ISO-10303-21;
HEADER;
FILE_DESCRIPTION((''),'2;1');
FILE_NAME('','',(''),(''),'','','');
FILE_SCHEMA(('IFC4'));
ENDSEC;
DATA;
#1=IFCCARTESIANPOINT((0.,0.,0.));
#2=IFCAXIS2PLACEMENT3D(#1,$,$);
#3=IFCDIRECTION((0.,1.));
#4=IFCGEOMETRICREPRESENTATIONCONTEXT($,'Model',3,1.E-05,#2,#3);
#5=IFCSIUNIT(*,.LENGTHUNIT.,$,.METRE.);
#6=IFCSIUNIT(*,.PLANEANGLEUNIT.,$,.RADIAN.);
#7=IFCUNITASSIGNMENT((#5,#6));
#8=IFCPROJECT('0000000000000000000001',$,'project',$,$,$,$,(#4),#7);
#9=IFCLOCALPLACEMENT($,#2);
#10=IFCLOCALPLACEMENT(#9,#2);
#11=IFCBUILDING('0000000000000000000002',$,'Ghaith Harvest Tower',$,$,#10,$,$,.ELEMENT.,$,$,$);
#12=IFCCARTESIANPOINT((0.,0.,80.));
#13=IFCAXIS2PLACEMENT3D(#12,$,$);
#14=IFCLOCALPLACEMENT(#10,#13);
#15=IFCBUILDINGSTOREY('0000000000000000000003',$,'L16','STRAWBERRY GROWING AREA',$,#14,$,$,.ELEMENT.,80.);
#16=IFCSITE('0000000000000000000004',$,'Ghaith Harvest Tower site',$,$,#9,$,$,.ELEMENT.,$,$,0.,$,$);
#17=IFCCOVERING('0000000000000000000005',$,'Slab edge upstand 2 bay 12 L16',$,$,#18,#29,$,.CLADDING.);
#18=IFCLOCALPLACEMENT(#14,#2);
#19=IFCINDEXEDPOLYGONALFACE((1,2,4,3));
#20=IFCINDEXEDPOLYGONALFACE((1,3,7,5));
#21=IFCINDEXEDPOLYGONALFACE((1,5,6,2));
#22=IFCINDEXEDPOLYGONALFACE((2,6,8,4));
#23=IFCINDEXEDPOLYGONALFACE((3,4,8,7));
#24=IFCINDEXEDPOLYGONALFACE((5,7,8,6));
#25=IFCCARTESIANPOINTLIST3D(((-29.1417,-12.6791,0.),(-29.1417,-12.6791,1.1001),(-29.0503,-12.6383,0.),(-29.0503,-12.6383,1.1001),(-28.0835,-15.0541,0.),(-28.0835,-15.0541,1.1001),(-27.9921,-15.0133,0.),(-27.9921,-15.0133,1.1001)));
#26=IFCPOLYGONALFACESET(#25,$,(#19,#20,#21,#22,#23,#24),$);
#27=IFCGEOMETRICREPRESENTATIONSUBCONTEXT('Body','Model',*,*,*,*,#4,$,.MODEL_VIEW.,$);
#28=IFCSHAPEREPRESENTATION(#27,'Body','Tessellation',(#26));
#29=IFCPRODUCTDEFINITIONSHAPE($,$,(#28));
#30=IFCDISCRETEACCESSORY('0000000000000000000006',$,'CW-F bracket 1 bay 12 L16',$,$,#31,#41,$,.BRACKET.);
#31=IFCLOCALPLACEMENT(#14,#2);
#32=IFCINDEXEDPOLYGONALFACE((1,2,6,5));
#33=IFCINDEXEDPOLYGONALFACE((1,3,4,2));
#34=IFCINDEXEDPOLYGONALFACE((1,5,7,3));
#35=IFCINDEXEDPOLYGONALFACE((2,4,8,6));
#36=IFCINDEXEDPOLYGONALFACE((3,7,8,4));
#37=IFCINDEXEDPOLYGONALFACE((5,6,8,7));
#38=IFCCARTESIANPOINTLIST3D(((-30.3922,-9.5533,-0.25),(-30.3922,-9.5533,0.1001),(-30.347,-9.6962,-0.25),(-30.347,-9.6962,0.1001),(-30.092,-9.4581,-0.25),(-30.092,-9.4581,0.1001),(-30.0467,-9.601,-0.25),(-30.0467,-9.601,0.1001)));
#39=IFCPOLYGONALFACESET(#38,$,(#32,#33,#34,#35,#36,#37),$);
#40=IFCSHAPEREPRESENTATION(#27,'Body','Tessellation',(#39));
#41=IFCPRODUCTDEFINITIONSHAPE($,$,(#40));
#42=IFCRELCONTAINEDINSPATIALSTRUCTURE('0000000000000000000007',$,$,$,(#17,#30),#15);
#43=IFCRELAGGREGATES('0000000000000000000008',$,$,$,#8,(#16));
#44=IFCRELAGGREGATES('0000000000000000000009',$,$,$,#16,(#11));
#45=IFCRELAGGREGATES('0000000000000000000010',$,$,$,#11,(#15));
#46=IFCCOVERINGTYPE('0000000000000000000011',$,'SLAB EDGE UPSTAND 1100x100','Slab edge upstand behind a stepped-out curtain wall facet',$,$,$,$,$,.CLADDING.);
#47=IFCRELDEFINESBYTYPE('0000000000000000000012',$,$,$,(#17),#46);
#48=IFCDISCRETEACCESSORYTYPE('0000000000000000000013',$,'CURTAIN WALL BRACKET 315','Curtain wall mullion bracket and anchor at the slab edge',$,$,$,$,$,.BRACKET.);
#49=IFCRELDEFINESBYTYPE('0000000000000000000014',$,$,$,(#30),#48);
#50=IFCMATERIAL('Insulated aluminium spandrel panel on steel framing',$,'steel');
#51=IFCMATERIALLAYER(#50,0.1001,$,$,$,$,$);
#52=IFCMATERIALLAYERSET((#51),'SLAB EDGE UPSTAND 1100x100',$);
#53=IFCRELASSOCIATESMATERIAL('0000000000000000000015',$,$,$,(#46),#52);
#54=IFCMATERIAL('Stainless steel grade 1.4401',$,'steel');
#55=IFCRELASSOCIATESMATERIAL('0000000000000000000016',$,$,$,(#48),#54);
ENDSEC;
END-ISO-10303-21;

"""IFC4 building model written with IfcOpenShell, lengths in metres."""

from ifc_helpers import new_model, si_unit, direction, frame, origin, origin_2d, place, context, subcontext, project, spatial, rectangle, extrude, material, layer, layer_set, type_object, element, save


model = new_model("IFC4")

# Units and contexts
model_context = context("Model", 3, precision=1e-05, world=origin(), true_north=direction((0.0, 1.0)))
body_context = subcontext(model_context, "Body", "Model", "MODEL_VIEW")
ifc_project = project(units=[si_unit("LENGTHUNIT", "METRE"), si_unit("PLANEANGLEUNIT", "RADIAN")], contexts=[model_context])

# Site, building, storey
site_placement = place(None, origin())
site = spatial("IfcSite", under=ifc_project, at=site_placement, Name="Ghaith Harvest Tower site", CompositionType="ELEMENT", RefElevation=0.0)
building_placement = place(site_placement, origin())
building = spatial("IfcBuilding", under=site, at=building_placement, Name="Ghaith Harvest Tower", CompositionType="ELEMENT")
storey_placement = place(building_placement, frame((0.0, 0.0, 80.0)))
storey = spatial("IfcBuildingStorey", under=building, at=storey_placement, Name="L16", Description="STRAWBERRY GROWING AREA", CompositionType="ELEMENT", Elevation=80.0)

# Covering
ifc_material_1 = material(Name="Insulated aluminium spandrel panel on steel framing", Category="steel")
ifc_layer_1 = layer(ifc_material_1, 0.1001)
ifc_layer_set_1 = layer_set([ifc_layer_1], Name="SLAB EDGE UPSTAND 1100x100")
covering_type = type_object("IfcCoveringType", Name="SLAB EDGE UPSTAND 1100x100", Description="Slab edge upstand behind a stepped-out curtain wall facet", PredefinedType="CLADDING", material=ifc_layer_set_1)
covering_1_placement = place(storey_placement, frame((-28.5669, -13.8462, 0.0), z_axis=(0.0, 0.0, 1.0), x_axis=(0.407003, -0.913427, 0.0)))
element("IfcCovering", 1, at=covering_1_placement, inside=storey, type_object=covering_type, Name="Slab edge upstand 2 bay 12 L16", PredefinedType="CLADDING", context=body_context, shape_type="SweptSolid", body=[
    extrude(rectangle(XDim=2.6001, YDim=0.1001, at=origin_2d()), origin(), (0.0, 0.0, 1.0), 1.1001),
])

# Discrete accessory
ifc_material_2 = material(Name="Stainless steel grade 1.4401", Category="steel")
discrete_accessory_type = type_object("IfcDiscreteAccessoryType", Name="CURTAIN WALL BRACKET 315", Description="Curtain wall mullion bracket and anchor at the slab edge", PredefinedType="BRACKET", material=ifc_material_2)
discrete_accessory_placement = place(storey_placement, frame((-30.2195, -9.5771, -0.25), z_axis=(0.0, 0.0, 1.0), x_axis=(-0.953273, -0.30211, 0.0)))
element("IfcDiscreteAccessory", 2, at=discrete_accessory_placement, inside=storey, type_object=discrete_accessory_type, Name="CW-F bracket 1 bay 12 L16", PredefinedType="BRACKET", context=body_context, shape_type="SweptSolid", body=[
    extrude(rectangle(XDim=0.3149, YDim=0.1499, at=origin_2d()), origin(), (0.0, 0.0, 1.0), 0.3501),
])

save(model, "model.ifc")
